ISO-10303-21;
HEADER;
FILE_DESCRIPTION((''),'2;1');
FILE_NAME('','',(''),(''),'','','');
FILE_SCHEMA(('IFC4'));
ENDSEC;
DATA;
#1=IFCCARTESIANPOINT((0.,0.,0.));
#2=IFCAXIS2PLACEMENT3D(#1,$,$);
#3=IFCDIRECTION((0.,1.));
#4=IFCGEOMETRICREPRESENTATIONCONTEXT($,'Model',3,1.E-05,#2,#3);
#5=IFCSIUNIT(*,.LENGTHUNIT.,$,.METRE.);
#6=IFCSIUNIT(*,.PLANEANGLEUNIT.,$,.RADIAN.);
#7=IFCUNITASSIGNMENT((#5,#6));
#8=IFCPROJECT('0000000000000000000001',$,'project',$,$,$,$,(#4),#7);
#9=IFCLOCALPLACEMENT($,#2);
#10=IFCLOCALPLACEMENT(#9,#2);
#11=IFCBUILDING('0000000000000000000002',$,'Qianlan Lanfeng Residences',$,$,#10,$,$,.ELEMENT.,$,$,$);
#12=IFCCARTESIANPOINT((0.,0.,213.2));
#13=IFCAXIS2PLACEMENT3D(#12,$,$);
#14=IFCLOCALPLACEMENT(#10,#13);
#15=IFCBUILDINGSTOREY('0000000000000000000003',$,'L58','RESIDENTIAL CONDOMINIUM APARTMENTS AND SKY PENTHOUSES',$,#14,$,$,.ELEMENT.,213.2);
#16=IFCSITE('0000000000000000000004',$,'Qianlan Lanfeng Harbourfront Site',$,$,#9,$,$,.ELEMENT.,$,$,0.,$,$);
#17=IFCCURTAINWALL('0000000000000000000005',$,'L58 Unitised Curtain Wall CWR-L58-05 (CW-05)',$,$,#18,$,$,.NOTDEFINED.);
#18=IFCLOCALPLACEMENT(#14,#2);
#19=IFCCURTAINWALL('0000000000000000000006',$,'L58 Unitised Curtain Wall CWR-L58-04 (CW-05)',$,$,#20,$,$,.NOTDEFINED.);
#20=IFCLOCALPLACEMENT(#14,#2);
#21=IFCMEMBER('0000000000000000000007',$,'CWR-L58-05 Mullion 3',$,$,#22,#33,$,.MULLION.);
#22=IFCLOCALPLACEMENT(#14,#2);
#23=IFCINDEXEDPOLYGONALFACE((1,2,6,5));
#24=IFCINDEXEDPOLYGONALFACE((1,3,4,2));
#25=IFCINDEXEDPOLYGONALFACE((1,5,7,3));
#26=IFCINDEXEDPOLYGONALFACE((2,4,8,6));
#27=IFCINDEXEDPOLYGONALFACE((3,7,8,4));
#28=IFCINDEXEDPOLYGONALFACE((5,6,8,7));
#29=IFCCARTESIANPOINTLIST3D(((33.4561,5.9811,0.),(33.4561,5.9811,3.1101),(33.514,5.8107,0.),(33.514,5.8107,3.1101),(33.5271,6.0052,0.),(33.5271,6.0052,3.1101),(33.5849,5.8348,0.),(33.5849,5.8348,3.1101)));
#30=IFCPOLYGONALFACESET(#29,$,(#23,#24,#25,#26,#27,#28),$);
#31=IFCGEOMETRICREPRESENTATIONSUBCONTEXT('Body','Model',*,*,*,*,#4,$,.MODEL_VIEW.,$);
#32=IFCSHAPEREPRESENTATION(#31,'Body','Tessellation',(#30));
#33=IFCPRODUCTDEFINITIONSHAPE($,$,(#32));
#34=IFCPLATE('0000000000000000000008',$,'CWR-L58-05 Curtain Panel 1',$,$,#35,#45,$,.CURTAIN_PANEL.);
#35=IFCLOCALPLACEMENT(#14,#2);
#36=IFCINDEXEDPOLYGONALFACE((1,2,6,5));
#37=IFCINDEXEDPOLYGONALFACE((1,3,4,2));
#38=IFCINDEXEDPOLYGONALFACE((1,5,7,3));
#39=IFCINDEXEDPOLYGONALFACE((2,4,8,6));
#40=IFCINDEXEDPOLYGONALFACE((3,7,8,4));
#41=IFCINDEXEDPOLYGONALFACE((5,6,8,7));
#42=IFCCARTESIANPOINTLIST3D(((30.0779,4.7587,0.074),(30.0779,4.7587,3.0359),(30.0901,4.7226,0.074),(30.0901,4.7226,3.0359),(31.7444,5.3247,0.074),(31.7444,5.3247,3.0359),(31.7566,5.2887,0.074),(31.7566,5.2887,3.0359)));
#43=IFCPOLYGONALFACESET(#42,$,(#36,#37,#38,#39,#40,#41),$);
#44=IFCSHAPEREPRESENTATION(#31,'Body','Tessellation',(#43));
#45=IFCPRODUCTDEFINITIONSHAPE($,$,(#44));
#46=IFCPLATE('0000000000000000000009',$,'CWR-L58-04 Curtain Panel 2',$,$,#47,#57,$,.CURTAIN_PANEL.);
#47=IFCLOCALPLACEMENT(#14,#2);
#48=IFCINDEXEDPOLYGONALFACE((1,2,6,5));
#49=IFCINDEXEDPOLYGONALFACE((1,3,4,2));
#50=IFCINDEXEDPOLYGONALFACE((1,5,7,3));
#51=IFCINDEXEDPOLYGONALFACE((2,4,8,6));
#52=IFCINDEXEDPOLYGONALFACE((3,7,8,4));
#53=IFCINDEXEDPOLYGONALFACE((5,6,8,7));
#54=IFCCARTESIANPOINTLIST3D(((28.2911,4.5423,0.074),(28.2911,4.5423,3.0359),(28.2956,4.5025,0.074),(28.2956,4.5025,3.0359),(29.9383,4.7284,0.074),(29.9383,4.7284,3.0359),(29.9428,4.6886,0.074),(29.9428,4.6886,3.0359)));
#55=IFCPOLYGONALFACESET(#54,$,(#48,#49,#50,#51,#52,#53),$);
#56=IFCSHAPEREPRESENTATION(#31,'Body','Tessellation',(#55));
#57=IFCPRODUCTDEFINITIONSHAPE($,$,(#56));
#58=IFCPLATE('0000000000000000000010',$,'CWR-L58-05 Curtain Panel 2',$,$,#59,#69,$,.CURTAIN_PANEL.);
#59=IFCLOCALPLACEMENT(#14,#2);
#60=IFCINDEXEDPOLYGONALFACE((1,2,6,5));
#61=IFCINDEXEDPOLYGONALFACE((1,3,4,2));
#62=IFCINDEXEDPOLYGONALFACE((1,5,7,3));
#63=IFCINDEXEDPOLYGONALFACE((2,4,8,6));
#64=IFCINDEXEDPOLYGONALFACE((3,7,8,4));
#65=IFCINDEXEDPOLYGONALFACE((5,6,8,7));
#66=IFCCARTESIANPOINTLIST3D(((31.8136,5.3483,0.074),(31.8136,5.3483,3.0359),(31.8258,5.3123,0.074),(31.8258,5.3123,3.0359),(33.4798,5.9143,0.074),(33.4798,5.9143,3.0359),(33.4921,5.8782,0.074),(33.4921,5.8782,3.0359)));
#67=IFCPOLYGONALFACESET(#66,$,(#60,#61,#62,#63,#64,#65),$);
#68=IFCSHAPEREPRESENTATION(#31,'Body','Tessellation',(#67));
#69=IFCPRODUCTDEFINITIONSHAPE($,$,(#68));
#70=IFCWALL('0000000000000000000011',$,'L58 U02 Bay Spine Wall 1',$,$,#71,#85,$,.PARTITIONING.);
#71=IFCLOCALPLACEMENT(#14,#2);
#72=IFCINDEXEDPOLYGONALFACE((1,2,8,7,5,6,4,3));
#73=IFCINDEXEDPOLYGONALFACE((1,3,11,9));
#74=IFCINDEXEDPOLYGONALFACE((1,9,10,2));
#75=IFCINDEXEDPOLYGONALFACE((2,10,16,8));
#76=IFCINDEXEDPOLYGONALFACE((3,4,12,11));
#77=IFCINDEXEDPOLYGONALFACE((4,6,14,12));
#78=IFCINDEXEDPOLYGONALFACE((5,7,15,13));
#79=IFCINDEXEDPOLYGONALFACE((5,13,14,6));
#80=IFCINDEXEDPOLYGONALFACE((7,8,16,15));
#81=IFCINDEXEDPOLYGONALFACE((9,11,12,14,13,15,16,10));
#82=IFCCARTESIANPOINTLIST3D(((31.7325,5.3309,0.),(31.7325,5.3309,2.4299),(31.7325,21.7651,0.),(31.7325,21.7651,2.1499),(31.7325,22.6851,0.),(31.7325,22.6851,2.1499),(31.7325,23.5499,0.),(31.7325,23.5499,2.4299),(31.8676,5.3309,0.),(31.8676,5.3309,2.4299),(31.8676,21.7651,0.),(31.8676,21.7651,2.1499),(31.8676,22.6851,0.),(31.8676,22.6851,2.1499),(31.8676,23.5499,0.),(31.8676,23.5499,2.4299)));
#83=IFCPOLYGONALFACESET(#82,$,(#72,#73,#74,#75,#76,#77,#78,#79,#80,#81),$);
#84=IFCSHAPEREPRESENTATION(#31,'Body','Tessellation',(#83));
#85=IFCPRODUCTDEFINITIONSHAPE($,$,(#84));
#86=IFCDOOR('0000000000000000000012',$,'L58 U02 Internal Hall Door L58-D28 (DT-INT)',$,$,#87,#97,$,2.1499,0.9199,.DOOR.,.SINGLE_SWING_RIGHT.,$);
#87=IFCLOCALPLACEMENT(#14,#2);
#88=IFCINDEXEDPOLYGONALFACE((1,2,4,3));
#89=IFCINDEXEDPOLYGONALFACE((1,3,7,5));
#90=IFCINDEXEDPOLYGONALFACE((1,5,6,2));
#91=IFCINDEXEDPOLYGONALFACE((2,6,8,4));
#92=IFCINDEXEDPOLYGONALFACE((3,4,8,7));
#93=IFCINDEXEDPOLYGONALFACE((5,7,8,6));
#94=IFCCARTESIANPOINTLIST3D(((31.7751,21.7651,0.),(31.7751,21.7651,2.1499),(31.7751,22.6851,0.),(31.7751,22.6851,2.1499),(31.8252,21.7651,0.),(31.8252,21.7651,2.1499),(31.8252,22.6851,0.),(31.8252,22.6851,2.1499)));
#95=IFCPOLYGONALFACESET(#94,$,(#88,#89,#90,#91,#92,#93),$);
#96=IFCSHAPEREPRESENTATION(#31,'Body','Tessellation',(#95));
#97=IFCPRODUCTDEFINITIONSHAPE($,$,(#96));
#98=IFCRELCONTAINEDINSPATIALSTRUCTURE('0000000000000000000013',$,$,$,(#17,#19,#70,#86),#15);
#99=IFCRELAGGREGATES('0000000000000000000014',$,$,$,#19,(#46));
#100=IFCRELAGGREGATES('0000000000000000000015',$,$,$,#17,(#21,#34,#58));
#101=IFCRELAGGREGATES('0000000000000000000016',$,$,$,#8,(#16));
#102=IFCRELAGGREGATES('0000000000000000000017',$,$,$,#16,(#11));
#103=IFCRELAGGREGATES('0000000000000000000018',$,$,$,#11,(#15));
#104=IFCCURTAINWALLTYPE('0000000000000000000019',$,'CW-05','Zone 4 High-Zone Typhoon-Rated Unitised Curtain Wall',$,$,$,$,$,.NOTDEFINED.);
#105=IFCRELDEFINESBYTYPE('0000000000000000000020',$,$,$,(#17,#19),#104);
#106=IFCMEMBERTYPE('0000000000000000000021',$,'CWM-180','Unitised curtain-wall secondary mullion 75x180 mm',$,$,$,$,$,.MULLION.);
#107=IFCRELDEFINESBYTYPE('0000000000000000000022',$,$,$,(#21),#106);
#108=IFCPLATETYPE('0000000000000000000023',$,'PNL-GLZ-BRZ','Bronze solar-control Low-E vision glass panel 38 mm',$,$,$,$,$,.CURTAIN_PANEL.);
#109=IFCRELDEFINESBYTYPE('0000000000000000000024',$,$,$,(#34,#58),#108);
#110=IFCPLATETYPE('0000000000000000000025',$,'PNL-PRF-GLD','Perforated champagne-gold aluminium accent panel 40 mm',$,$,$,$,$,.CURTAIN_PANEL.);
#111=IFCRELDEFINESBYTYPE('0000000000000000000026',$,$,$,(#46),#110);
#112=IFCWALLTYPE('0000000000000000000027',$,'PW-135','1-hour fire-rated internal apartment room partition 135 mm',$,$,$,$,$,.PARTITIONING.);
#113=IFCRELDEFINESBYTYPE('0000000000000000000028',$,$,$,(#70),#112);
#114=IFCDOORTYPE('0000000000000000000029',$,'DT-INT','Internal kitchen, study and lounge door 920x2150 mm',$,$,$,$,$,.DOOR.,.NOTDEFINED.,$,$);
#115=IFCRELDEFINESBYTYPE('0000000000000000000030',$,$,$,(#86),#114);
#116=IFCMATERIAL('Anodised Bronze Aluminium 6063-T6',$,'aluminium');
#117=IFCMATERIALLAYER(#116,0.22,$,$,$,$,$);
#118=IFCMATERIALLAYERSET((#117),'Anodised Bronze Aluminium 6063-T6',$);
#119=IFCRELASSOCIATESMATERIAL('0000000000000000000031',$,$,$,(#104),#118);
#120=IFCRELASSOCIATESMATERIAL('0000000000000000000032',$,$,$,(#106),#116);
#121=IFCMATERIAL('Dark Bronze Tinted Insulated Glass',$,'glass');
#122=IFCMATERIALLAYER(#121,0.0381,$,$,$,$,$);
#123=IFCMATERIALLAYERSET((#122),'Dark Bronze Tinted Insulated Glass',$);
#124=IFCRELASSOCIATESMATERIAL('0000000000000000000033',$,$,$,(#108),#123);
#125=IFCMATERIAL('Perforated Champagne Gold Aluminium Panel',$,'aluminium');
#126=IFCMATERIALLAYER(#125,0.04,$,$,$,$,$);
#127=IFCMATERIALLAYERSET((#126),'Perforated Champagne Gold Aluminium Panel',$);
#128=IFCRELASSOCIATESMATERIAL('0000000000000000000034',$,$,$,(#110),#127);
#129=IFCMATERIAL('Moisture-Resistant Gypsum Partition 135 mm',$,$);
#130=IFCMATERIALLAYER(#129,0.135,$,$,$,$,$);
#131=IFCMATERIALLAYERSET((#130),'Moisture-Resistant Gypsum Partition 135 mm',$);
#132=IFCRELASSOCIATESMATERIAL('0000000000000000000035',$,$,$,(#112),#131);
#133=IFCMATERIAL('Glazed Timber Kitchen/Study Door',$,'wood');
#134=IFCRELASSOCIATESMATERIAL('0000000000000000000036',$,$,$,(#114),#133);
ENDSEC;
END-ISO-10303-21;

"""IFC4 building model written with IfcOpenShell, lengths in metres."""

from ifc_helpers import new_model, si_unit, direction, frame, frame_2d, origin, origin_2d, place, context, subcontext, project, spatial, rectangle, extrude, source, transform, mapped, material, layer, layer_set, material_profile, profile_set, type_object, element, fill, aggregate, save


model = new_model("IFC4")

# Units and contexts
model_context = context("Model", 3, precision=1e-05, world=origin(), true_north=direction((0.0, 1.0)))
body_context = subcontext(model_context, "Body", "Model", "MODEL_VIEW")
ifc_project = project(units=[si_unit("LENGTHUNIT", "METRE"), si_unit("PLANEANGLEUNIT", "RADIAN")], contexts=[model_context])

# Site, building, storey
site_placement = place(None, origin())
site = spatial("IfcSite", under=ifc_project, at=site_placement, Name="Qianlan Lanfeng Harbourfront Site", CompositionType="ELEMENT", RefElevation=0.0)
building_placement = place(site_placement, origin())
building = spatial("IfcBuilding", under=site, at=building_placement, Name="Qianlan Lanfeng Residences", CompositionType="ELEMENT")
storey_placement = place(building_placement, frame((0.0, 0.0, 213.2)))
storey = spatial("IfcBuildingStorey", under=building, at=storey_placement, Name="L58", Description="RESIDENTIAL CONDOMINIUM APARTMENTS AND SKY PENTHOUSES", CompositionType="ELEMENT", Elevation=213.2)

# Curtain wall
ifc_material_1 = material(Name="Anodised Bronze Aluminium 6063-T6", Category="aluminium")
ifc_layer_1 = layer(ifc_material_1, 0.22)
ifc_layer_set_1 = layer_set([ifc_layer_1], Name="Anodised Bronze Aluminium 6063-T6")
curtain_wall_type = type_object("IfcCurtainWallType", Name="CW-05", Description="Zone 4 High-Zone Typhoon-Rated Unitised Curtain Wall", PredefinedType="NOTDEFINED", material=ifc_layer_set_1)
curtain_wall_1_placement = place(storey_placement, origin())
curtain_wall_1 = element("IfcCurtainWall", 1, at=curtain_wall_1_placement, inside=storey, type_object=curtain_wall_type, Name="L58 Unitised Curtain Wall CWR-L58-05 (CW-05)", PredefinedType="NOTDEFINED")

# Curtain wall
curtain_wall_2_placement = place(storey_placement, origin())
curtain_wall_2 = element("IfcCurtainWall", 2, at=curtain_wall_2_placement, inside=storey, type_object=curtain_wall_type, Name="L58 Unitised Curtain Wall CWR-L58-04 (CW-05)", PredefinedType="NOTDEFINED")
ifc_material_profile_1 = material_profile(ifc_material_1, rectangle(XDim=0.075, YDim=0.1799, at=origin_2d()), Name="ALU MULLION 75x180")
ifc_profile_set_1 = profile_set([ifc_material_profile_1], Name="Anodised Bronze Aluminium 6063-T6")
member_type_1 = type_object("IfcMemberType", Name="CWM-180", Description="Unitised curtain-wall secondary mullion 75x180 mm", PredefinedType="MULLION", material=ifc_profile_set_1)
shared_shape_1 = source(origin(), body_context, "Body", "SweptSolid", [
    extrude(rectangle(XDim=0.075, YDim=0.1799, at=origin_2d()), origin(), (0.0, 0.0, 1.0), 3.1101),
])

# Member
member_1_placement = place(storey_placement, frame((33.5205, 5.908, 0.0), z_axis=(0.0, 0.0, 1.0), x_axis=(0.946877, 0.321596, 0.0)))
member_1 = element("IfcMember", 3, at=member_1_placement, type_object=member_type_1, Name="CWR-L58-05 Mullion 3", PredefinedType="MULLION", context=body_context, shape_type="MappedRepresentation", body=[
    mapped(shared_shape_1, transform((0.0, 0.0, 0.0), scale=1.0)),
])

# Plates
ifc_material_2 = material(Name="Dark Bronze Tinted Insulated Glass", Category="glass")
ifc_layer_2 = layer(ifc_material_2, 0.0381)
ifc_layer_set_2 = layer_set([ifc_layer_2], Name="Dark Bronze Tinted Insulated Glass")
plate_type_1 = type_object("IfcPlateType", Name="PNL-GLZ-BRZ", Description="Bronze solar-control Low-E vision glass panel 38 mm", PredefinedType="CURTAIN_PANEL", material=ifc_layer_set_2)
shared_shape_2 = source(origin(), body_context, "Body", "SweptSolid", [
    extrude(rectangle(XDim=1.76, YDim=0.0381, at=origin_2d()), origin(), (0.0, 0.0, 1.0), 2.9619),
])
plate_1_placement = place(storey_placement, frame((30.9172, 5.0237, 0.074), z_axis=(0.0, 0.0, 1.0), x_axis=(0.946877, 0.321596, 0.0)))
plate_1 = element("IfcPlate", 4, at=plate_1_placement, type_object=plate_type_1, Name="CWR-L58-05 Curtain Panel 1", PredefinedType="CURTAIN_PANEL", context=body_context, shape_type="MappedRepresentation", body=[
    mapped(shared_shape_2, transform((0.0, 0.0, 0.0), scale=1.0)),
])
ifc_material_3 = material(Name="Perforated Champagne Gold Aluminium Panel", Category="aluminium")
ifc_layer_3 = layer(ifc_material_3, 0.04)
ifc_layer_set_3 = layer_set([ifc_layer_3], Name="Perforated Champagne Gold Aluminium Panel")
plate_type_2 = type_object("IfcPlateType", Name="PNL-PRF-GLD", Description="Perforated champagne-gold aluminium accent panel 40 mm", PredefinedType="CURTAIN_PANEL", material=ifc_layer_set_3)
shared_shape_3 = source(origin(), body_context, "Body", "SweptSolid", [
    extrude(rectangle(XDim=1.6577, YDim=0.04, at=origin_2d()), origin(), (0.0, 0.0, 1.0), 2.9619),
])
plate_2_placement = place(storey_placement, frame((29.1169, 4.6155, 0.074), z_axis=(0.0, 0.0, 1.0), x_axis=(0.993678, 0.112263, 0.0)))
plate_2 = element("IfcPlate", 5, at=plate_2_placement, type_object=plate_type_2, Name="CWR-L58-04 Curtain Panel 2", PredefinedType="CURTAIN_PANEL", context=body_context, shape_type="MappedRepresentation", body=[
    mapped(shared_shape_3, transform((0.0, 0.0, 0.0), scale=1.0)),
])
aggregate(curtain_wall_2, [plate_2])
shared_shape_4 = source(origin(), body_context, "Body", "SweptSolid", [
    extrude(rectangle(XDim=1.7598, YDim=0.0381, at=origin_2d()), origin(), (0.0, 0.0, 1.0), 2.9619),
])
plate_3_placement = place(storey_placement, frame((32.6528, 5.6133, 0.074), z_axis=(0.0, 0.0, 1.0), x_axis=(0.946877, 0.321596, 0.0)))
plate_3 = element("IfcPlate", 6, at=plate_3_placement, type_object=plate_type_1, Name="CWR-L58-05 Curtain Panel 2", PredefinedType="CURTAIN_PANEL", context=body_context, shape_type="MappedRepresentation", body=[
    mapped(shared_shape_4, transform((0.0, 0.0, 0.0), scale=1.0)),
])
aggregate(curtain_wall_1, [member_1, plate_1, plate_3])

# Wall, opening, door
ifc_material_4 = material(Name="Moisture-Resistant Gypsum Partition 135 mm")
ifc_layer_4 = layer(ifc_material_4, 0.135)
ifc_layer_set_4 = layer_set([ifc_layer_4], Name="Moisture-Resistant Gypsum Partition 135 mm")
wall_type = type_object("IfcWallType", Name="PW-135", Description="1-hour fire-rated internal apartment room partition 135 mm", PredefinedType="PARTITIONING", material=ifc_layer_set_4)
wall_1_placement = place(storey_placement, frame((31.8, 5.3311, 0.0), z_axis=(0.0, 0.0, 1.0), x_axis=(0.0, 1.0, 0.0)))
wall_1 = element("IfcWall", 7, at=wall_1_placement, inside=storey, type_object=wall_type, Name="L58 U02 Bay Spine Wall 1", PredefinedType="PARTITIONING", context=body_context, shape_type="SweptSolid", body=[
    extrude(rectangle(XDim=18.219, YDim=0.135, at=frame_2d((9.1094, 0.0))), origin(), (0.0, 0.0, 1.0), 2.4299),
])
opening_1_placement = place(wall_1_placement, frame((16.4341, 0.0, 0.0)))
opening_1 = element("IfcOpeningElement", 8, at=opening_1_placement, cuts=wall_1, PredefinedType="OPENING", context=body_context, shape_type="SweptSolid", body=[
    extrude(rectangle(XDim=0.9199, YDim=2.1499, at=frame_2d((0.46, 1.075))), frame((0.0, 0.0776, 0.0), z_axis=(0.0, -1.0, 0.0), x_axis=(1.0, 0.0, 0.0)), (0.0, 0.0, 1.0), 0.155),
])
ifc_material_5 = material(Name="Glazed Timber Kitchen/Study Door", Category="wood")
door_type_1 = type_object("IfcDoorType", Name="DT-INT", Description="Internal kitchen, study and lounge door 920x2150 mm", OperationType="NOTDEFINED", PredefinedType="DOOR", material=ifc_material_5)
door_1_placement = place(opening_1_placement, origin())
door_1 = element("IfcDoor", 9, at=door_1_placement, inside=storey, type_object=door_type_1, Name="L58 U02 Internal Hall Door L58-D28 (DT-INT)", OperationType="SINGLE_SWING_RIGHT", OverallHeight=2.1499, OverallWidth=0.9199, PredefinedType="DOOR", context=body_context, shape_type="SweptSolid", body=[
    extrude(rectangle(XDim=0.9199, YDim=2.1499, at=frame_2d((0.46, 1.075))), frame((0.0, 0.0249, 0.0), z_axis=(0.0, -1.0, 0.0), x_axis=(1.0, 0.0, 0.0)), (0.0, 0.0, 1.0), 0.05),
])
fill(opening_1, door_1)

save(model, "model.ifc")
